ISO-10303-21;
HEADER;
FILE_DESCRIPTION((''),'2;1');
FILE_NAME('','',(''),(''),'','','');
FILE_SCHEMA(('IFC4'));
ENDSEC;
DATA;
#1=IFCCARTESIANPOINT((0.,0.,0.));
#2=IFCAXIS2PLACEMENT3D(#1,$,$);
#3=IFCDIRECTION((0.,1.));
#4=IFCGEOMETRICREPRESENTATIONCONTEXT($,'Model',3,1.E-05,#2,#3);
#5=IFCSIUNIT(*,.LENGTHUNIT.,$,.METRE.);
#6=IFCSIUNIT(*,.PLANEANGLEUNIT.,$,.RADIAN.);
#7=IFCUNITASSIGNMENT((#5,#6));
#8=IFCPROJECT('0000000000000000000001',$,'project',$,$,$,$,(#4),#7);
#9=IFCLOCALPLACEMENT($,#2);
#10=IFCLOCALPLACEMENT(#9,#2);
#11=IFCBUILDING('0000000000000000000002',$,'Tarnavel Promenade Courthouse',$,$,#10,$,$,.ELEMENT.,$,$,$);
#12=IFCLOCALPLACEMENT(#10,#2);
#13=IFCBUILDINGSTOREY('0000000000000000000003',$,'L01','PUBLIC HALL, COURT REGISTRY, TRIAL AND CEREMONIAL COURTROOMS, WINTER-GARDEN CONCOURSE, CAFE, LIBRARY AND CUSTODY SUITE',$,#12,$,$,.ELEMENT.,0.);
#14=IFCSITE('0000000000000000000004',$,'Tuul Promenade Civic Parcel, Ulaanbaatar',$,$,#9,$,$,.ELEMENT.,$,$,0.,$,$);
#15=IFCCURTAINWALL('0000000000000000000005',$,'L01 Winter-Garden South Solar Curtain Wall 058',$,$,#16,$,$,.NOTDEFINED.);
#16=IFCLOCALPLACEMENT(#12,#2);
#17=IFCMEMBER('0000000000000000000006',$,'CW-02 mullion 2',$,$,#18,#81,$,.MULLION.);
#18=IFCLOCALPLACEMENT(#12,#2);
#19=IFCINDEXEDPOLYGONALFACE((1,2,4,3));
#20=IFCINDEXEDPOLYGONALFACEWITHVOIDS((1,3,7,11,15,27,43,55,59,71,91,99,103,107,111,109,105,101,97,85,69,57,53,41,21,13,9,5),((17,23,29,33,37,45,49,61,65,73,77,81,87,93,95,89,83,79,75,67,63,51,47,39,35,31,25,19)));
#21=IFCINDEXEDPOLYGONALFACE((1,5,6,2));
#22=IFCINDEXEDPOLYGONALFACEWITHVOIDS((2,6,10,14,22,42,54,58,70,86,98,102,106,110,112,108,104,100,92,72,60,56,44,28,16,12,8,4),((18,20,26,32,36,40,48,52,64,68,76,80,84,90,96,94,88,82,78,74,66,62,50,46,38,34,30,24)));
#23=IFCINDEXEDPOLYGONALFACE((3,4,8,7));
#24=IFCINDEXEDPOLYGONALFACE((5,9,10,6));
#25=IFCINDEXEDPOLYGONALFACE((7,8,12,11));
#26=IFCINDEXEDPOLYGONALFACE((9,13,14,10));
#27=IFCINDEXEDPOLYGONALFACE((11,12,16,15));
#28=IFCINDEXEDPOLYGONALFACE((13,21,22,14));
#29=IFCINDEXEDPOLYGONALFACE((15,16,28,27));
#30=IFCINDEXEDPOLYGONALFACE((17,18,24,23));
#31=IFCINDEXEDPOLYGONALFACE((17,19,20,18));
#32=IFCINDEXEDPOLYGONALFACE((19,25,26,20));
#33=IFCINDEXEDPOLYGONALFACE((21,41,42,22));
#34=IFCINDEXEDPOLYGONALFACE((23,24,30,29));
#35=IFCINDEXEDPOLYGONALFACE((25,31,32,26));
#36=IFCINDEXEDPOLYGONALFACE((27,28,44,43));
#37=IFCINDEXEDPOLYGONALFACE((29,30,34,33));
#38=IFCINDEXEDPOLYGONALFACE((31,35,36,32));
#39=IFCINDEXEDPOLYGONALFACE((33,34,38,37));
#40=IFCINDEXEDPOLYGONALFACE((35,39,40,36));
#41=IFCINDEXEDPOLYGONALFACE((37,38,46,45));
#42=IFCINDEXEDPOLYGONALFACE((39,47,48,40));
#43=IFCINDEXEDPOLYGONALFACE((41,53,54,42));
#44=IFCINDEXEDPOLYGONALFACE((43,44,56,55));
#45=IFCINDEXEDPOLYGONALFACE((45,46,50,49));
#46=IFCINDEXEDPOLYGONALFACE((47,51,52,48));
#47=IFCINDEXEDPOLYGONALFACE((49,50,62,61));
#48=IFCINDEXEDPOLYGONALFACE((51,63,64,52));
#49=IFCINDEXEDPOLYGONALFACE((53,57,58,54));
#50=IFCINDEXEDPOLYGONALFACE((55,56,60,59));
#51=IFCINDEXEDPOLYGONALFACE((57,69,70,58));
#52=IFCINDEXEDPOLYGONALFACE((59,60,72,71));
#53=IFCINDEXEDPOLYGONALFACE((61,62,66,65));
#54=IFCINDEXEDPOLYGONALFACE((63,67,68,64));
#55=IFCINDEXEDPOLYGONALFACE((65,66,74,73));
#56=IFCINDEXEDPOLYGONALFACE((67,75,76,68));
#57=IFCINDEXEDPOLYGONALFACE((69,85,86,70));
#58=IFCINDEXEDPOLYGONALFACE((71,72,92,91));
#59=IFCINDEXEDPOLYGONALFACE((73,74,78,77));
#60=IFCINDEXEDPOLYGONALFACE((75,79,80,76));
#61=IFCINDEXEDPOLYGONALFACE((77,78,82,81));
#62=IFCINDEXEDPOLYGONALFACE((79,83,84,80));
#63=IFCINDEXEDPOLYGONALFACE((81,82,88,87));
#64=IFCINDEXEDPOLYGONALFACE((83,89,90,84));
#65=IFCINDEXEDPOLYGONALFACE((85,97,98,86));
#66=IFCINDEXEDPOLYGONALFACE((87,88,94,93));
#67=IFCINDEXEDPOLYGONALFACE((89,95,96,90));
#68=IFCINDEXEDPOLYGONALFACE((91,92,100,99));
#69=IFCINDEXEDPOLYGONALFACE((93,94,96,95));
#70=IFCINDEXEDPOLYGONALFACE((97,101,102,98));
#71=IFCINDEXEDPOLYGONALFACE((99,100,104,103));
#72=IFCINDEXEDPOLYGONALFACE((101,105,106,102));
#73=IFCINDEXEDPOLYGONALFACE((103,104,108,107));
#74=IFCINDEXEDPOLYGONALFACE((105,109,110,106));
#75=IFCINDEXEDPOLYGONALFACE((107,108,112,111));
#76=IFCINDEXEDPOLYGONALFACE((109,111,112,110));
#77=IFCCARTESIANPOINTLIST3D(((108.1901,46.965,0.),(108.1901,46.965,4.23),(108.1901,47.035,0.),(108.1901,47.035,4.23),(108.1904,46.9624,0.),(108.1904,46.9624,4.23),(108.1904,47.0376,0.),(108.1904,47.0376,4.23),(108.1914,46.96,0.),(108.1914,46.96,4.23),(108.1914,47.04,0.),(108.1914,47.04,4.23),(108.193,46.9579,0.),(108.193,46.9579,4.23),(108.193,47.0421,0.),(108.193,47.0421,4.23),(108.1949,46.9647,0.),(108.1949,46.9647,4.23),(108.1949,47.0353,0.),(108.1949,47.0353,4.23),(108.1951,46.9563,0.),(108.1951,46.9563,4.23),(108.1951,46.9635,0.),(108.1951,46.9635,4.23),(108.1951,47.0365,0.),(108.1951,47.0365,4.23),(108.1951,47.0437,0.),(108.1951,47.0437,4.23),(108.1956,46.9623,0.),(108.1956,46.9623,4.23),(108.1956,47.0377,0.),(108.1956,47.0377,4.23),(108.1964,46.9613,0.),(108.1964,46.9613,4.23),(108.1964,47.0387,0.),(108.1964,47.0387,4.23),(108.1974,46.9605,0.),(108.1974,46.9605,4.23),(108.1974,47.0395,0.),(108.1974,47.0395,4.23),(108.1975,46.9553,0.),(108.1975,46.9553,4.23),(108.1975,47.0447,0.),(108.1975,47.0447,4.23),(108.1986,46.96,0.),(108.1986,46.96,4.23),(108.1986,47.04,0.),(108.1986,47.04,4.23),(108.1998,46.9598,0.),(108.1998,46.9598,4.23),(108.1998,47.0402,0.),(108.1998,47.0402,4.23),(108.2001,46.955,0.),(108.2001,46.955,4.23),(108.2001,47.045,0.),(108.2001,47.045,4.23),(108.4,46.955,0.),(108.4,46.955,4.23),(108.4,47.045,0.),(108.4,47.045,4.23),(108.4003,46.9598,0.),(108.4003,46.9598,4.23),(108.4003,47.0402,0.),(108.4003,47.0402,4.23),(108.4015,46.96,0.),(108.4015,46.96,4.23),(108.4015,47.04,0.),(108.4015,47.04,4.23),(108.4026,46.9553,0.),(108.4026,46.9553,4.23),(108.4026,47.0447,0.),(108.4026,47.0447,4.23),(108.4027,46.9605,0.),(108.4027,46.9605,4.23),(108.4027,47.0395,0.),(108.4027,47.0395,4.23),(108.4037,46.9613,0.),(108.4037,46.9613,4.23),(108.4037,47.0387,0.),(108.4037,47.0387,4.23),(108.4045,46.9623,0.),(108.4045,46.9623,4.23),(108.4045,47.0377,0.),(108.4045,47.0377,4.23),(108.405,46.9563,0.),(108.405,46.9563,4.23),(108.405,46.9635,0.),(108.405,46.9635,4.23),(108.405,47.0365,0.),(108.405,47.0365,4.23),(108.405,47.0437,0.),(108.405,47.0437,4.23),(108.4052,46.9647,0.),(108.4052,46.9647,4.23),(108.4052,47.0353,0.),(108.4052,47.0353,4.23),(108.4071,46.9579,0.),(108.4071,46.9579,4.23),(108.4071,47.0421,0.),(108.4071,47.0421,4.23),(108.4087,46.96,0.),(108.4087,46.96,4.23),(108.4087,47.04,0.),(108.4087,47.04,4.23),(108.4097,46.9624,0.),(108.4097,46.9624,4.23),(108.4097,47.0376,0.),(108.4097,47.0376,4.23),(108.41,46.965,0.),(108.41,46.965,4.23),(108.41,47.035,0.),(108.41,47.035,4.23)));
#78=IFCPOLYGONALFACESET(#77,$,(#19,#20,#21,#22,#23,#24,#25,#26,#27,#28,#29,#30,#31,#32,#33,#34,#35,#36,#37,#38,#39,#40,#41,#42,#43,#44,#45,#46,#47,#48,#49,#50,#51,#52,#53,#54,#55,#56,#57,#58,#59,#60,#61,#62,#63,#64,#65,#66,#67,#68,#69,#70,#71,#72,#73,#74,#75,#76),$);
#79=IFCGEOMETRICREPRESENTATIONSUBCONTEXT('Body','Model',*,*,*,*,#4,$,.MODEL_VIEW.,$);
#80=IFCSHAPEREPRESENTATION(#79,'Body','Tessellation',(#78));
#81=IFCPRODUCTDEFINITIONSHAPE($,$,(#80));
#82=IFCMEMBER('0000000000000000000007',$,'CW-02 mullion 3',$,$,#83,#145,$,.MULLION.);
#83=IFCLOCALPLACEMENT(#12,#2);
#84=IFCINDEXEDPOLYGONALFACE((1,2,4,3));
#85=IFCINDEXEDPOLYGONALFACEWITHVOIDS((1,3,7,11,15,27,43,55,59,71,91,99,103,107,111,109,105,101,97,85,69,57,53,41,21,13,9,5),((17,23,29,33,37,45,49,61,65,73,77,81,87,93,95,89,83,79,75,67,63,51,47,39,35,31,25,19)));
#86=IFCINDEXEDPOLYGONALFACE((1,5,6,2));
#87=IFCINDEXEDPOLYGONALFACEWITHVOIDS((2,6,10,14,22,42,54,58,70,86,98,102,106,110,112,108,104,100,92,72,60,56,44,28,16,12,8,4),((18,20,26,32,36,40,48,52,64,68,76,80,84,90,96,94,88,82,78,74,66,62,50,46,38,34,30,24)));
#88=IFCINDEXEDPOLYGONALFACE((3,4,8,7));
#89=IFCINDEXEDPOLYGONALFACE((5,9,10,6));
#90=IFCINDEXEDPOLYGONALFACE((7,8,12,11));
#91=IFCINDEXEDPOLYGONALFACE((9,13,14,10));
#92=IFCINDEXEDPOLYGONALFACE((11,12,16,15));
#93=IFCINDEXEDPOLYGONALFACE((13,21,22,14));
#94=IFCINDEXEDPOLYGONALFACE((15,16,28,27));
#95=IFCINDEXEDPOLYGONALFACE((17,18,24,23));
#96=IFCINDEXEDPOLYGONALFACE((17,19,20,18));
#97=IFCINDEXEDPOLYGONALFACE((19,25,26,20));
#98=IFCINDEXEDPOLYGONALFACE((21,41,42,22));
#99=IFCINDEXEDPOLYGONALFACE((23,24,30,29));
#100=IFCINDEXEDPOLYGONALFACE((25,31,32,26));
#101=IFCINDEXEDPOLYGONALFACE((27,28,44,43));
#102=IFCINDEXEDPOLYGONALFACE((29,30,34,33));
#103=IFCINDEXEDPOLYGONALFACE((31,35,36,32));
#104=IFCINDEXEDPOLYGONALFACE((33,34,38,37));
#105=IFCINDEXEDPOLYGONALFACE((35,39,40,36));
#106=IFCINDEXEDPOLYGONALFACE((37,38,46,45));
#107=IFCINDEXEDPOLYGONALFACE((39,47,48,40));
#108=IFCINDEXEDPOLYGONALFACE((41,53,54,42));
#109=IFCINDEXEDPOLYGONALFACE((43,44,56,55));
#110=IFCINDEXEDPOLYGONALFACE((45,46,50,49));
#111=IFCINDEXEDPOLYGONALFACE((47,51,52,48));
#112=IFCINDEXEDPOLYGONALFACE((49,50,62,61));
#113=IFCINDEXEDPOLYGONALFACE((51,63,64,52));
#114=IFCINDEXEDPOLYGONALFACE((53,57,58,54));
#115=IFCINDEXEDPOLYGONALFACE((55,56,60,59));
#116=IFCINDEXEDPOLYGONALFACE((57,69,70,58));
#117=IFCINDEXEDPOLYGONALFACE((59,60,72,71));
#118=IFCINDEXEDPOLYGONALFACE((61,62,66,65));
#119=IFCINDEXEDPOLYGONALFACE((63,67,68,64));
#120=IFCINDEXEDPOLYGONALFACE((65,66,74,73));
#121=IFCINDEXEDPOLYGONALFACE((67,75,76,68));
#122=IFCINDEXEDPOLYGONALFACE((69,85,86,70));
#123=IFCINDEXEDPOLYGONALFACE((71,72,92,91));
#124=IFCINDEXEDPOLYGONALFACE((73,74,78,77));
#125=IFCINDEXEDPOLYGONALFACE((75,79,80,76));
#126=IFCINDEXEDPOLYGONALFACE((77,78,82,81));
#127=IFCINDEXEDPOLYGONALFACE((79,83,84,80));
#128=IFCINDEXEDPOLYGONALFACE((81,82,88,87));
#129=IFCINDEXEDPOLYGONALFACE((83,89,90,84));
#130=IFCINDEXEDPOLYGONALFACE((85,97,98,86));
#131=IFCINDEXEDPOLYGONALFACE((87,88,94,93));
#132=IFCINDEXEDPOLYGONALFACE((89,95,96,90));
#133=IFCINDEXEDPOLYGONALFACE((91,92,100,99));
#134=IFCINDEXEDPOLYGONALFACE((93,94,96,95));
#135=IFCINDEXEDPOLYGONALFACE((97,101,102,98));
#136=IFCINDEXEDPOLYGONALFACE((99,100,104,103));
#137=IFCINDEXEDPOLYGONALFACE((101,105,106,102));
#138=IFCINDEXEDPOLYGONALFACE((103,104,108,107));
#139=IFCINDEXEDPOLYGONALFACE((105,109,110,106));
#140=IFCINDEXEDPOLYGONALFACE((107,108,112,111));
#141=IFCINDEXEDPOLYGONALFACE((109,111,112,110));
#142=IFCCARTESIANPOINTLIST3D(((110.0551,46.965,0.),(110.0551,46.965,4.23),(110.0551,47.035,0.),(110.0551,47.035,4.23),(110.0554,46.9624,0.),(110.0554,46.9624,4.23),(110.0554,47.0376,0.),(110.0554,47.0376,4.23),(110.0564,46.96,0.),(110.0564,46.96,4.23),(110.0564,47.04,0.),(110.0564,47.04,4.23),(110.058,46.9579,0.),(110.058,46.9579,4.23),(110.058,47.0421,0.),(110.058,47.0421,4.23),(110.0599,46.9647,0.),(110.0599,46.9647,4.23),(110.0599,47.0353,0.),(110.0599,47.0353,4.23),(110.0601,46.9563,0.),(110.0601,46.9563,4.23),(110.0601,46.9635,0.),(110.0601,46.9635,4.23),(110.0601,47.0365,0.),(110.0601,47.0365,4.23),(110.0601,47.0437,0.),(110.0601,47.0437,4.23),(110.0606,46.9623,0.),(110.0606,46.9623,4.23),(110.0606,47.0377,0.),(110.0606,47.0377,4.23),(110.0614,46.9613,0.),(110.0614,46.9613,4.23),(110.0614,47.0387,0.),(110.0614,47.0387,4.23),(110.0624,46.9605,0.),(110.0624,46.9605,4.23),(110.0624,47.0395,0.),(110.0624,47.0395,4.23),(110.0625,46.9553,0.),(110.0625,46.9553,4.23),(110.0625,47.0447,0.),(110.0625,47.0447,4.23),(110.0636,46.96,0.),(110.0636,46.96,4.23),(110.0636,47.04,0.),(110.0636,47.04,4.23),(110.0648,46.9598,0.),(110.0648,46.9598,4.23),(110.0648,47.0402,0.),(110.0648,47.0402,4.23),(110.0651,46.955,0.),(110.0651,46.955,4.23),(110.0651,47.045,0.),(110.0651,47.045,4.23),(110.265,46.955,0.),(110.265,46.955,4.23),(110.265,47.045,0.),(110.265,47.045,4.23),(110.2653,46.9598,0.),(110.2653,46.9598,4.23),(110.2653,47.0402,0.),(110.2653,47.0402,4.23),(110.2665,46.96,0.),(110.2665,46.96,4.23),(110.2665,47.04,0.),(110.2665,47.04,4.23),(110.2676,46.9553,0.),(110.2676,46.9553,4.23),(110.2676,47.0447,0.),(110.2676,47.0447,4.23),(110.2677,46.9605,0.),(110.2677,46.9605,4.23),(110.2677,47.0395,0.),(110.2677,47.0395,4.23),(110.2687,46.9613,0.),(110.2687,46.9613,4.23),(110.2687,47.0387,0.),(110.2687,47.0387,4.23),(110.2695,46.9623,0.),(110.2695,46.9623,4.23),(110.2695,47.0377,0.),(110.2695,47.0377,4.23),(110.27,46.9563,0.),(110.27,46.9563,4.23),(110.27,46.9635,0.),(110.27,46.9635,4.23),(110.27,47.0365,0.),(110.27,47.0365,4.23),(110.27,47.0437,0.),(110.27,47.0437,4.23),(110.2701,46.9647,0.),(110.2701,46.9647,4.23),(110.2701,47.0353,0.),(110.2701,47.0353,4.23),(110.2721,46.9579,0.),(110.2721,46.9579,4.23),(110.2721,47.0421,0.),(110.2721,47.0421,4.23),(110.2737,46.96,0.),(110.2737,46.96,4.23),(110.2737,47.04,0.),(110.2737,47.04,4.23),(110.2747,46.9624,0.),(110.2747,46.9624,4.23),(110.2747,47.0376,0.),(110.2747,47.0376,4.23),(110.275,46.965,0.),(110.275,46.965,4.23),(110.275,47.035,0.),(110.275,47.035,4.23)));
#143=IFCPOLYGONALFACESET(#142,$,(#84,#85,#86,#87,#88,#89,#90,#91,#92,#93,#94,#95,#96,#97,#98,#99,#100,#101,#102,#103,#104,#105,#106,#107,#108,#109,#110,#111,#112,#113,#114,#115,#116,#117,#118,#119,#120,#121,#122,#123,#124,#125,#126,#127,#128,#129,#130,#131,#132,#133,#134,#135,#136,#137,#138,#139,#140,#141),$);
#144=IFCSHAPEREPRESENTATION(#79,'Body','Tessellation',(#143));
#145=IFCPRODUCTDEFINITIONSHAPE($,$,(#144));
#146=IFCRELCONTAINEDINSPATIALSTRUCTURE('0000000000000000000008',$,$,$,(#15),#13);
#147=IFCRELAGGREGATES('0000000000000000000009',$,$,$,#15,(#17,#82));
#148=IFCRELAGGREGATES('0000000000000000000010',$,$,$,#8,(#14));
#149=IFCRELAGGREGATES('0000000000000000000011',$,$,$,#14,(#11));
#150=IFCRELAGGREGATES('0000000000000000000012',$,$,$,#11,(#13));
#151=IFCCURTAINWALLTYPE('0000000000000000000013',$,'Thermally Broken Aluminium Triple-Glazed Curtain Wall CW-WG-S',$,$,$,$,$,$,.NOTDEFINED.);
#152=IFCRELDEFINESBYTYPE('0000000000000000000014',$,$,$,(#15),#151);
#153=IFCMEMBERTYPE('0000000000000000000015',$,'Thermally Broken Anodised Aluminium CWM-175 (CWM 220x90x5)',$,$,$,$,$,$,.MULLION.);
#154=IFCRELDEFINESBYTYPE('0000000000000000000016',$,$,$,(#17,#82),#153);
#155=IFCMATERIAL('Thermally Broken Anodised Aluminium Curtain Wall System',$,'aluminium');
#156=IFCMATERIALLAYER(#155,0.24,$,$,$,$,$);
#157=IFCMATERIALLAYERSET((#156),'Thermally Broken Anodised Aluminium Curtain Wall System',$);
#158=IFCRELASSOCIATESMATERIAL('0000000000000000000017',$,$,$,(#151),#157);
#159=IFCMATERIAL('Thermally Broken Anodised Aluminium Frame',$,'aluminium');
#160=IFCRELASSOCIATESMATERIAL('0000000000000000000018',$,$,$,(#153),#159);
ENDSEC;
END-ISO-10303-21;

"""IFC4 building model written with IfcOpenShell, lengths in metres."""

from ifc_helpers import new_model, si_unit, direction, frame, origin, origin_2d, place, context, subcontext, project, spatial, hollow_rectangle, extrude, material, layer, layer_set, material_profile, profile_set, type_object, element, aggregate, save


model = new_model("IFC4")

# Units and contexts
model_context = context("Model", 3, precision=1e-05, world=origin(), true_north=direction((0.0, 1.0)))
body_context = subcontext(model_context, "Body", "Model", "MODEL_VIEW")
ifc_project = project(units=[si_unit("LENGTHUNIT", "METRE"), si_unit("PLANEANGLEUNIT", "RADIAN")], contexts=[model_context])

# Site, building, storey
site_placement = place(None, origin())
site = spatial("IfcSite", under=ifc_project, at=site_placement, Name="Tuul Promenade Civic Parcel, Ulaanbaatar", CompositionType="ELEMENT", RefElevation=0.0)
building_placement = place(site_placement, origin())
building = spatial("IfcBuilding", under=site, at=building_placement, Name="Tarnavel Promenade Courthouse", CompositionType="ELEMENT")
storey_placement = place(building_placement, origin())
storey = spatial("IfcBuildingStorey", under=building, at=storey_placement, Name="L01", Description="PUBLIC HALL, COURT REGISTRY, TRIAL AND CEREMONIAL COURTROOMS, WINTER-GARDEN CONCOURSE, CAFE, LIBRARY AND CUSTODY SUITE", CompositionType="ELEMENT", Elevation=0.0)

# Shared definitions
ifc_material_1 = material(Name="Thermally Broken Anodised Aluminium Curtain Wall System", Category="aluminium")
ifc_layer_1 = layer(ifc_material_1, 0.24)
ifc_layer_set_1 = layer_set([ifc_layer_1], Name="Thermally Broken Anodised Aluminium Curtain Wall System")
curtain_wall_type = type_object("IfcCurtainWallType", Name="Thermally Broken Aluminium Triple-Glazed Curtain Wall CW-WG-S", PredefinedType="NOTDEFINED", material=ifc_layer_set_1)
ifc_material_2 = material(Name="Thermally Broken Anodised Aluminium Frame", Category="aluminium")
ifc_material_profile_1 = material_profile(ifc_material_2, hollow_rectangle(XDim=0.0901, YDim=0.22, WallThickness=0.0049, InnerFilletRadius=0.0049, OuterFilletRadius=0.01, at=origin_2d()), Name="CWM 220x90x5")
ifc_profile_set_1 = profile_set([ifc_material_profile_1], Name="Thermally Broken Anodised Aluminium Frame")
member_type_1 = type_object("IfcMemberType", Name="Thermally Broken Anodised Aluminium CWM-175 (CWM 220x90x5)", PredefinedType="MULLION", material=ifc_profile_set_1)

# Curtain wall, members
curtain_wall_1_placement = place(storey_placement, origin())
curtain_wall_1 = element("IfcCurtainWall", 1, at=curtain_wall_1_placement, inside=storey, type_object=curtain_wall_type, Name="L01 Winter-Garden South Solar Curtain Wall 058", PredefinedType="NOTDEFINED")
member_1_placement = place(storey_placement, frame((108.3, 47.0, 0.0), z_axis=(0.0, 0.0, 1.0), x_axis=(0.0, 1.0, 0.0)))
member_1 = element("IfcMember", 2, at=member_1_placement, type_object=member_type_1, Name="CW-02 mullion 2", PredefinedType="MULLION", context=body_context, shape_type="SweptSolid", body=[
    extrude(hollow_rectangle(XDim=0.0901, YDim=0.22, WallThickness=0.0049, InnerFilletRadius=0.0049, OuterFilletRadius=0.01, at=origin_2d()), origin(), (0.0, 0.0, 1.0), 4.23),
])
member_2_placement = place(storey_placement, frame((110.165, 47.0, 0.0), z_axis=(0.0, 0.0, 1.0), x_axis=(0.0, 1.0, 0.0)))
member_2 = element("IfcMember", 3, at=member_2_placement, type_object=member_type_1, Name="CW-02 mullion 3", PredefinedType="MULLION", context=body_context, shape_type="SweptSolid", body=[
    extrude(hollow_rectangle(XDim=0.0901, YDim=0.22, WallThickness=0.0049, InnerFilletRadius=0.0049, OuterFilletRadius=0.01, at=origin_2d()), origin(), (0.0, 0.0, 1.0), 4.23),
])

aggregate(curtain_wall_1, [member_1, member_2])

save(model, "model.ifc")
